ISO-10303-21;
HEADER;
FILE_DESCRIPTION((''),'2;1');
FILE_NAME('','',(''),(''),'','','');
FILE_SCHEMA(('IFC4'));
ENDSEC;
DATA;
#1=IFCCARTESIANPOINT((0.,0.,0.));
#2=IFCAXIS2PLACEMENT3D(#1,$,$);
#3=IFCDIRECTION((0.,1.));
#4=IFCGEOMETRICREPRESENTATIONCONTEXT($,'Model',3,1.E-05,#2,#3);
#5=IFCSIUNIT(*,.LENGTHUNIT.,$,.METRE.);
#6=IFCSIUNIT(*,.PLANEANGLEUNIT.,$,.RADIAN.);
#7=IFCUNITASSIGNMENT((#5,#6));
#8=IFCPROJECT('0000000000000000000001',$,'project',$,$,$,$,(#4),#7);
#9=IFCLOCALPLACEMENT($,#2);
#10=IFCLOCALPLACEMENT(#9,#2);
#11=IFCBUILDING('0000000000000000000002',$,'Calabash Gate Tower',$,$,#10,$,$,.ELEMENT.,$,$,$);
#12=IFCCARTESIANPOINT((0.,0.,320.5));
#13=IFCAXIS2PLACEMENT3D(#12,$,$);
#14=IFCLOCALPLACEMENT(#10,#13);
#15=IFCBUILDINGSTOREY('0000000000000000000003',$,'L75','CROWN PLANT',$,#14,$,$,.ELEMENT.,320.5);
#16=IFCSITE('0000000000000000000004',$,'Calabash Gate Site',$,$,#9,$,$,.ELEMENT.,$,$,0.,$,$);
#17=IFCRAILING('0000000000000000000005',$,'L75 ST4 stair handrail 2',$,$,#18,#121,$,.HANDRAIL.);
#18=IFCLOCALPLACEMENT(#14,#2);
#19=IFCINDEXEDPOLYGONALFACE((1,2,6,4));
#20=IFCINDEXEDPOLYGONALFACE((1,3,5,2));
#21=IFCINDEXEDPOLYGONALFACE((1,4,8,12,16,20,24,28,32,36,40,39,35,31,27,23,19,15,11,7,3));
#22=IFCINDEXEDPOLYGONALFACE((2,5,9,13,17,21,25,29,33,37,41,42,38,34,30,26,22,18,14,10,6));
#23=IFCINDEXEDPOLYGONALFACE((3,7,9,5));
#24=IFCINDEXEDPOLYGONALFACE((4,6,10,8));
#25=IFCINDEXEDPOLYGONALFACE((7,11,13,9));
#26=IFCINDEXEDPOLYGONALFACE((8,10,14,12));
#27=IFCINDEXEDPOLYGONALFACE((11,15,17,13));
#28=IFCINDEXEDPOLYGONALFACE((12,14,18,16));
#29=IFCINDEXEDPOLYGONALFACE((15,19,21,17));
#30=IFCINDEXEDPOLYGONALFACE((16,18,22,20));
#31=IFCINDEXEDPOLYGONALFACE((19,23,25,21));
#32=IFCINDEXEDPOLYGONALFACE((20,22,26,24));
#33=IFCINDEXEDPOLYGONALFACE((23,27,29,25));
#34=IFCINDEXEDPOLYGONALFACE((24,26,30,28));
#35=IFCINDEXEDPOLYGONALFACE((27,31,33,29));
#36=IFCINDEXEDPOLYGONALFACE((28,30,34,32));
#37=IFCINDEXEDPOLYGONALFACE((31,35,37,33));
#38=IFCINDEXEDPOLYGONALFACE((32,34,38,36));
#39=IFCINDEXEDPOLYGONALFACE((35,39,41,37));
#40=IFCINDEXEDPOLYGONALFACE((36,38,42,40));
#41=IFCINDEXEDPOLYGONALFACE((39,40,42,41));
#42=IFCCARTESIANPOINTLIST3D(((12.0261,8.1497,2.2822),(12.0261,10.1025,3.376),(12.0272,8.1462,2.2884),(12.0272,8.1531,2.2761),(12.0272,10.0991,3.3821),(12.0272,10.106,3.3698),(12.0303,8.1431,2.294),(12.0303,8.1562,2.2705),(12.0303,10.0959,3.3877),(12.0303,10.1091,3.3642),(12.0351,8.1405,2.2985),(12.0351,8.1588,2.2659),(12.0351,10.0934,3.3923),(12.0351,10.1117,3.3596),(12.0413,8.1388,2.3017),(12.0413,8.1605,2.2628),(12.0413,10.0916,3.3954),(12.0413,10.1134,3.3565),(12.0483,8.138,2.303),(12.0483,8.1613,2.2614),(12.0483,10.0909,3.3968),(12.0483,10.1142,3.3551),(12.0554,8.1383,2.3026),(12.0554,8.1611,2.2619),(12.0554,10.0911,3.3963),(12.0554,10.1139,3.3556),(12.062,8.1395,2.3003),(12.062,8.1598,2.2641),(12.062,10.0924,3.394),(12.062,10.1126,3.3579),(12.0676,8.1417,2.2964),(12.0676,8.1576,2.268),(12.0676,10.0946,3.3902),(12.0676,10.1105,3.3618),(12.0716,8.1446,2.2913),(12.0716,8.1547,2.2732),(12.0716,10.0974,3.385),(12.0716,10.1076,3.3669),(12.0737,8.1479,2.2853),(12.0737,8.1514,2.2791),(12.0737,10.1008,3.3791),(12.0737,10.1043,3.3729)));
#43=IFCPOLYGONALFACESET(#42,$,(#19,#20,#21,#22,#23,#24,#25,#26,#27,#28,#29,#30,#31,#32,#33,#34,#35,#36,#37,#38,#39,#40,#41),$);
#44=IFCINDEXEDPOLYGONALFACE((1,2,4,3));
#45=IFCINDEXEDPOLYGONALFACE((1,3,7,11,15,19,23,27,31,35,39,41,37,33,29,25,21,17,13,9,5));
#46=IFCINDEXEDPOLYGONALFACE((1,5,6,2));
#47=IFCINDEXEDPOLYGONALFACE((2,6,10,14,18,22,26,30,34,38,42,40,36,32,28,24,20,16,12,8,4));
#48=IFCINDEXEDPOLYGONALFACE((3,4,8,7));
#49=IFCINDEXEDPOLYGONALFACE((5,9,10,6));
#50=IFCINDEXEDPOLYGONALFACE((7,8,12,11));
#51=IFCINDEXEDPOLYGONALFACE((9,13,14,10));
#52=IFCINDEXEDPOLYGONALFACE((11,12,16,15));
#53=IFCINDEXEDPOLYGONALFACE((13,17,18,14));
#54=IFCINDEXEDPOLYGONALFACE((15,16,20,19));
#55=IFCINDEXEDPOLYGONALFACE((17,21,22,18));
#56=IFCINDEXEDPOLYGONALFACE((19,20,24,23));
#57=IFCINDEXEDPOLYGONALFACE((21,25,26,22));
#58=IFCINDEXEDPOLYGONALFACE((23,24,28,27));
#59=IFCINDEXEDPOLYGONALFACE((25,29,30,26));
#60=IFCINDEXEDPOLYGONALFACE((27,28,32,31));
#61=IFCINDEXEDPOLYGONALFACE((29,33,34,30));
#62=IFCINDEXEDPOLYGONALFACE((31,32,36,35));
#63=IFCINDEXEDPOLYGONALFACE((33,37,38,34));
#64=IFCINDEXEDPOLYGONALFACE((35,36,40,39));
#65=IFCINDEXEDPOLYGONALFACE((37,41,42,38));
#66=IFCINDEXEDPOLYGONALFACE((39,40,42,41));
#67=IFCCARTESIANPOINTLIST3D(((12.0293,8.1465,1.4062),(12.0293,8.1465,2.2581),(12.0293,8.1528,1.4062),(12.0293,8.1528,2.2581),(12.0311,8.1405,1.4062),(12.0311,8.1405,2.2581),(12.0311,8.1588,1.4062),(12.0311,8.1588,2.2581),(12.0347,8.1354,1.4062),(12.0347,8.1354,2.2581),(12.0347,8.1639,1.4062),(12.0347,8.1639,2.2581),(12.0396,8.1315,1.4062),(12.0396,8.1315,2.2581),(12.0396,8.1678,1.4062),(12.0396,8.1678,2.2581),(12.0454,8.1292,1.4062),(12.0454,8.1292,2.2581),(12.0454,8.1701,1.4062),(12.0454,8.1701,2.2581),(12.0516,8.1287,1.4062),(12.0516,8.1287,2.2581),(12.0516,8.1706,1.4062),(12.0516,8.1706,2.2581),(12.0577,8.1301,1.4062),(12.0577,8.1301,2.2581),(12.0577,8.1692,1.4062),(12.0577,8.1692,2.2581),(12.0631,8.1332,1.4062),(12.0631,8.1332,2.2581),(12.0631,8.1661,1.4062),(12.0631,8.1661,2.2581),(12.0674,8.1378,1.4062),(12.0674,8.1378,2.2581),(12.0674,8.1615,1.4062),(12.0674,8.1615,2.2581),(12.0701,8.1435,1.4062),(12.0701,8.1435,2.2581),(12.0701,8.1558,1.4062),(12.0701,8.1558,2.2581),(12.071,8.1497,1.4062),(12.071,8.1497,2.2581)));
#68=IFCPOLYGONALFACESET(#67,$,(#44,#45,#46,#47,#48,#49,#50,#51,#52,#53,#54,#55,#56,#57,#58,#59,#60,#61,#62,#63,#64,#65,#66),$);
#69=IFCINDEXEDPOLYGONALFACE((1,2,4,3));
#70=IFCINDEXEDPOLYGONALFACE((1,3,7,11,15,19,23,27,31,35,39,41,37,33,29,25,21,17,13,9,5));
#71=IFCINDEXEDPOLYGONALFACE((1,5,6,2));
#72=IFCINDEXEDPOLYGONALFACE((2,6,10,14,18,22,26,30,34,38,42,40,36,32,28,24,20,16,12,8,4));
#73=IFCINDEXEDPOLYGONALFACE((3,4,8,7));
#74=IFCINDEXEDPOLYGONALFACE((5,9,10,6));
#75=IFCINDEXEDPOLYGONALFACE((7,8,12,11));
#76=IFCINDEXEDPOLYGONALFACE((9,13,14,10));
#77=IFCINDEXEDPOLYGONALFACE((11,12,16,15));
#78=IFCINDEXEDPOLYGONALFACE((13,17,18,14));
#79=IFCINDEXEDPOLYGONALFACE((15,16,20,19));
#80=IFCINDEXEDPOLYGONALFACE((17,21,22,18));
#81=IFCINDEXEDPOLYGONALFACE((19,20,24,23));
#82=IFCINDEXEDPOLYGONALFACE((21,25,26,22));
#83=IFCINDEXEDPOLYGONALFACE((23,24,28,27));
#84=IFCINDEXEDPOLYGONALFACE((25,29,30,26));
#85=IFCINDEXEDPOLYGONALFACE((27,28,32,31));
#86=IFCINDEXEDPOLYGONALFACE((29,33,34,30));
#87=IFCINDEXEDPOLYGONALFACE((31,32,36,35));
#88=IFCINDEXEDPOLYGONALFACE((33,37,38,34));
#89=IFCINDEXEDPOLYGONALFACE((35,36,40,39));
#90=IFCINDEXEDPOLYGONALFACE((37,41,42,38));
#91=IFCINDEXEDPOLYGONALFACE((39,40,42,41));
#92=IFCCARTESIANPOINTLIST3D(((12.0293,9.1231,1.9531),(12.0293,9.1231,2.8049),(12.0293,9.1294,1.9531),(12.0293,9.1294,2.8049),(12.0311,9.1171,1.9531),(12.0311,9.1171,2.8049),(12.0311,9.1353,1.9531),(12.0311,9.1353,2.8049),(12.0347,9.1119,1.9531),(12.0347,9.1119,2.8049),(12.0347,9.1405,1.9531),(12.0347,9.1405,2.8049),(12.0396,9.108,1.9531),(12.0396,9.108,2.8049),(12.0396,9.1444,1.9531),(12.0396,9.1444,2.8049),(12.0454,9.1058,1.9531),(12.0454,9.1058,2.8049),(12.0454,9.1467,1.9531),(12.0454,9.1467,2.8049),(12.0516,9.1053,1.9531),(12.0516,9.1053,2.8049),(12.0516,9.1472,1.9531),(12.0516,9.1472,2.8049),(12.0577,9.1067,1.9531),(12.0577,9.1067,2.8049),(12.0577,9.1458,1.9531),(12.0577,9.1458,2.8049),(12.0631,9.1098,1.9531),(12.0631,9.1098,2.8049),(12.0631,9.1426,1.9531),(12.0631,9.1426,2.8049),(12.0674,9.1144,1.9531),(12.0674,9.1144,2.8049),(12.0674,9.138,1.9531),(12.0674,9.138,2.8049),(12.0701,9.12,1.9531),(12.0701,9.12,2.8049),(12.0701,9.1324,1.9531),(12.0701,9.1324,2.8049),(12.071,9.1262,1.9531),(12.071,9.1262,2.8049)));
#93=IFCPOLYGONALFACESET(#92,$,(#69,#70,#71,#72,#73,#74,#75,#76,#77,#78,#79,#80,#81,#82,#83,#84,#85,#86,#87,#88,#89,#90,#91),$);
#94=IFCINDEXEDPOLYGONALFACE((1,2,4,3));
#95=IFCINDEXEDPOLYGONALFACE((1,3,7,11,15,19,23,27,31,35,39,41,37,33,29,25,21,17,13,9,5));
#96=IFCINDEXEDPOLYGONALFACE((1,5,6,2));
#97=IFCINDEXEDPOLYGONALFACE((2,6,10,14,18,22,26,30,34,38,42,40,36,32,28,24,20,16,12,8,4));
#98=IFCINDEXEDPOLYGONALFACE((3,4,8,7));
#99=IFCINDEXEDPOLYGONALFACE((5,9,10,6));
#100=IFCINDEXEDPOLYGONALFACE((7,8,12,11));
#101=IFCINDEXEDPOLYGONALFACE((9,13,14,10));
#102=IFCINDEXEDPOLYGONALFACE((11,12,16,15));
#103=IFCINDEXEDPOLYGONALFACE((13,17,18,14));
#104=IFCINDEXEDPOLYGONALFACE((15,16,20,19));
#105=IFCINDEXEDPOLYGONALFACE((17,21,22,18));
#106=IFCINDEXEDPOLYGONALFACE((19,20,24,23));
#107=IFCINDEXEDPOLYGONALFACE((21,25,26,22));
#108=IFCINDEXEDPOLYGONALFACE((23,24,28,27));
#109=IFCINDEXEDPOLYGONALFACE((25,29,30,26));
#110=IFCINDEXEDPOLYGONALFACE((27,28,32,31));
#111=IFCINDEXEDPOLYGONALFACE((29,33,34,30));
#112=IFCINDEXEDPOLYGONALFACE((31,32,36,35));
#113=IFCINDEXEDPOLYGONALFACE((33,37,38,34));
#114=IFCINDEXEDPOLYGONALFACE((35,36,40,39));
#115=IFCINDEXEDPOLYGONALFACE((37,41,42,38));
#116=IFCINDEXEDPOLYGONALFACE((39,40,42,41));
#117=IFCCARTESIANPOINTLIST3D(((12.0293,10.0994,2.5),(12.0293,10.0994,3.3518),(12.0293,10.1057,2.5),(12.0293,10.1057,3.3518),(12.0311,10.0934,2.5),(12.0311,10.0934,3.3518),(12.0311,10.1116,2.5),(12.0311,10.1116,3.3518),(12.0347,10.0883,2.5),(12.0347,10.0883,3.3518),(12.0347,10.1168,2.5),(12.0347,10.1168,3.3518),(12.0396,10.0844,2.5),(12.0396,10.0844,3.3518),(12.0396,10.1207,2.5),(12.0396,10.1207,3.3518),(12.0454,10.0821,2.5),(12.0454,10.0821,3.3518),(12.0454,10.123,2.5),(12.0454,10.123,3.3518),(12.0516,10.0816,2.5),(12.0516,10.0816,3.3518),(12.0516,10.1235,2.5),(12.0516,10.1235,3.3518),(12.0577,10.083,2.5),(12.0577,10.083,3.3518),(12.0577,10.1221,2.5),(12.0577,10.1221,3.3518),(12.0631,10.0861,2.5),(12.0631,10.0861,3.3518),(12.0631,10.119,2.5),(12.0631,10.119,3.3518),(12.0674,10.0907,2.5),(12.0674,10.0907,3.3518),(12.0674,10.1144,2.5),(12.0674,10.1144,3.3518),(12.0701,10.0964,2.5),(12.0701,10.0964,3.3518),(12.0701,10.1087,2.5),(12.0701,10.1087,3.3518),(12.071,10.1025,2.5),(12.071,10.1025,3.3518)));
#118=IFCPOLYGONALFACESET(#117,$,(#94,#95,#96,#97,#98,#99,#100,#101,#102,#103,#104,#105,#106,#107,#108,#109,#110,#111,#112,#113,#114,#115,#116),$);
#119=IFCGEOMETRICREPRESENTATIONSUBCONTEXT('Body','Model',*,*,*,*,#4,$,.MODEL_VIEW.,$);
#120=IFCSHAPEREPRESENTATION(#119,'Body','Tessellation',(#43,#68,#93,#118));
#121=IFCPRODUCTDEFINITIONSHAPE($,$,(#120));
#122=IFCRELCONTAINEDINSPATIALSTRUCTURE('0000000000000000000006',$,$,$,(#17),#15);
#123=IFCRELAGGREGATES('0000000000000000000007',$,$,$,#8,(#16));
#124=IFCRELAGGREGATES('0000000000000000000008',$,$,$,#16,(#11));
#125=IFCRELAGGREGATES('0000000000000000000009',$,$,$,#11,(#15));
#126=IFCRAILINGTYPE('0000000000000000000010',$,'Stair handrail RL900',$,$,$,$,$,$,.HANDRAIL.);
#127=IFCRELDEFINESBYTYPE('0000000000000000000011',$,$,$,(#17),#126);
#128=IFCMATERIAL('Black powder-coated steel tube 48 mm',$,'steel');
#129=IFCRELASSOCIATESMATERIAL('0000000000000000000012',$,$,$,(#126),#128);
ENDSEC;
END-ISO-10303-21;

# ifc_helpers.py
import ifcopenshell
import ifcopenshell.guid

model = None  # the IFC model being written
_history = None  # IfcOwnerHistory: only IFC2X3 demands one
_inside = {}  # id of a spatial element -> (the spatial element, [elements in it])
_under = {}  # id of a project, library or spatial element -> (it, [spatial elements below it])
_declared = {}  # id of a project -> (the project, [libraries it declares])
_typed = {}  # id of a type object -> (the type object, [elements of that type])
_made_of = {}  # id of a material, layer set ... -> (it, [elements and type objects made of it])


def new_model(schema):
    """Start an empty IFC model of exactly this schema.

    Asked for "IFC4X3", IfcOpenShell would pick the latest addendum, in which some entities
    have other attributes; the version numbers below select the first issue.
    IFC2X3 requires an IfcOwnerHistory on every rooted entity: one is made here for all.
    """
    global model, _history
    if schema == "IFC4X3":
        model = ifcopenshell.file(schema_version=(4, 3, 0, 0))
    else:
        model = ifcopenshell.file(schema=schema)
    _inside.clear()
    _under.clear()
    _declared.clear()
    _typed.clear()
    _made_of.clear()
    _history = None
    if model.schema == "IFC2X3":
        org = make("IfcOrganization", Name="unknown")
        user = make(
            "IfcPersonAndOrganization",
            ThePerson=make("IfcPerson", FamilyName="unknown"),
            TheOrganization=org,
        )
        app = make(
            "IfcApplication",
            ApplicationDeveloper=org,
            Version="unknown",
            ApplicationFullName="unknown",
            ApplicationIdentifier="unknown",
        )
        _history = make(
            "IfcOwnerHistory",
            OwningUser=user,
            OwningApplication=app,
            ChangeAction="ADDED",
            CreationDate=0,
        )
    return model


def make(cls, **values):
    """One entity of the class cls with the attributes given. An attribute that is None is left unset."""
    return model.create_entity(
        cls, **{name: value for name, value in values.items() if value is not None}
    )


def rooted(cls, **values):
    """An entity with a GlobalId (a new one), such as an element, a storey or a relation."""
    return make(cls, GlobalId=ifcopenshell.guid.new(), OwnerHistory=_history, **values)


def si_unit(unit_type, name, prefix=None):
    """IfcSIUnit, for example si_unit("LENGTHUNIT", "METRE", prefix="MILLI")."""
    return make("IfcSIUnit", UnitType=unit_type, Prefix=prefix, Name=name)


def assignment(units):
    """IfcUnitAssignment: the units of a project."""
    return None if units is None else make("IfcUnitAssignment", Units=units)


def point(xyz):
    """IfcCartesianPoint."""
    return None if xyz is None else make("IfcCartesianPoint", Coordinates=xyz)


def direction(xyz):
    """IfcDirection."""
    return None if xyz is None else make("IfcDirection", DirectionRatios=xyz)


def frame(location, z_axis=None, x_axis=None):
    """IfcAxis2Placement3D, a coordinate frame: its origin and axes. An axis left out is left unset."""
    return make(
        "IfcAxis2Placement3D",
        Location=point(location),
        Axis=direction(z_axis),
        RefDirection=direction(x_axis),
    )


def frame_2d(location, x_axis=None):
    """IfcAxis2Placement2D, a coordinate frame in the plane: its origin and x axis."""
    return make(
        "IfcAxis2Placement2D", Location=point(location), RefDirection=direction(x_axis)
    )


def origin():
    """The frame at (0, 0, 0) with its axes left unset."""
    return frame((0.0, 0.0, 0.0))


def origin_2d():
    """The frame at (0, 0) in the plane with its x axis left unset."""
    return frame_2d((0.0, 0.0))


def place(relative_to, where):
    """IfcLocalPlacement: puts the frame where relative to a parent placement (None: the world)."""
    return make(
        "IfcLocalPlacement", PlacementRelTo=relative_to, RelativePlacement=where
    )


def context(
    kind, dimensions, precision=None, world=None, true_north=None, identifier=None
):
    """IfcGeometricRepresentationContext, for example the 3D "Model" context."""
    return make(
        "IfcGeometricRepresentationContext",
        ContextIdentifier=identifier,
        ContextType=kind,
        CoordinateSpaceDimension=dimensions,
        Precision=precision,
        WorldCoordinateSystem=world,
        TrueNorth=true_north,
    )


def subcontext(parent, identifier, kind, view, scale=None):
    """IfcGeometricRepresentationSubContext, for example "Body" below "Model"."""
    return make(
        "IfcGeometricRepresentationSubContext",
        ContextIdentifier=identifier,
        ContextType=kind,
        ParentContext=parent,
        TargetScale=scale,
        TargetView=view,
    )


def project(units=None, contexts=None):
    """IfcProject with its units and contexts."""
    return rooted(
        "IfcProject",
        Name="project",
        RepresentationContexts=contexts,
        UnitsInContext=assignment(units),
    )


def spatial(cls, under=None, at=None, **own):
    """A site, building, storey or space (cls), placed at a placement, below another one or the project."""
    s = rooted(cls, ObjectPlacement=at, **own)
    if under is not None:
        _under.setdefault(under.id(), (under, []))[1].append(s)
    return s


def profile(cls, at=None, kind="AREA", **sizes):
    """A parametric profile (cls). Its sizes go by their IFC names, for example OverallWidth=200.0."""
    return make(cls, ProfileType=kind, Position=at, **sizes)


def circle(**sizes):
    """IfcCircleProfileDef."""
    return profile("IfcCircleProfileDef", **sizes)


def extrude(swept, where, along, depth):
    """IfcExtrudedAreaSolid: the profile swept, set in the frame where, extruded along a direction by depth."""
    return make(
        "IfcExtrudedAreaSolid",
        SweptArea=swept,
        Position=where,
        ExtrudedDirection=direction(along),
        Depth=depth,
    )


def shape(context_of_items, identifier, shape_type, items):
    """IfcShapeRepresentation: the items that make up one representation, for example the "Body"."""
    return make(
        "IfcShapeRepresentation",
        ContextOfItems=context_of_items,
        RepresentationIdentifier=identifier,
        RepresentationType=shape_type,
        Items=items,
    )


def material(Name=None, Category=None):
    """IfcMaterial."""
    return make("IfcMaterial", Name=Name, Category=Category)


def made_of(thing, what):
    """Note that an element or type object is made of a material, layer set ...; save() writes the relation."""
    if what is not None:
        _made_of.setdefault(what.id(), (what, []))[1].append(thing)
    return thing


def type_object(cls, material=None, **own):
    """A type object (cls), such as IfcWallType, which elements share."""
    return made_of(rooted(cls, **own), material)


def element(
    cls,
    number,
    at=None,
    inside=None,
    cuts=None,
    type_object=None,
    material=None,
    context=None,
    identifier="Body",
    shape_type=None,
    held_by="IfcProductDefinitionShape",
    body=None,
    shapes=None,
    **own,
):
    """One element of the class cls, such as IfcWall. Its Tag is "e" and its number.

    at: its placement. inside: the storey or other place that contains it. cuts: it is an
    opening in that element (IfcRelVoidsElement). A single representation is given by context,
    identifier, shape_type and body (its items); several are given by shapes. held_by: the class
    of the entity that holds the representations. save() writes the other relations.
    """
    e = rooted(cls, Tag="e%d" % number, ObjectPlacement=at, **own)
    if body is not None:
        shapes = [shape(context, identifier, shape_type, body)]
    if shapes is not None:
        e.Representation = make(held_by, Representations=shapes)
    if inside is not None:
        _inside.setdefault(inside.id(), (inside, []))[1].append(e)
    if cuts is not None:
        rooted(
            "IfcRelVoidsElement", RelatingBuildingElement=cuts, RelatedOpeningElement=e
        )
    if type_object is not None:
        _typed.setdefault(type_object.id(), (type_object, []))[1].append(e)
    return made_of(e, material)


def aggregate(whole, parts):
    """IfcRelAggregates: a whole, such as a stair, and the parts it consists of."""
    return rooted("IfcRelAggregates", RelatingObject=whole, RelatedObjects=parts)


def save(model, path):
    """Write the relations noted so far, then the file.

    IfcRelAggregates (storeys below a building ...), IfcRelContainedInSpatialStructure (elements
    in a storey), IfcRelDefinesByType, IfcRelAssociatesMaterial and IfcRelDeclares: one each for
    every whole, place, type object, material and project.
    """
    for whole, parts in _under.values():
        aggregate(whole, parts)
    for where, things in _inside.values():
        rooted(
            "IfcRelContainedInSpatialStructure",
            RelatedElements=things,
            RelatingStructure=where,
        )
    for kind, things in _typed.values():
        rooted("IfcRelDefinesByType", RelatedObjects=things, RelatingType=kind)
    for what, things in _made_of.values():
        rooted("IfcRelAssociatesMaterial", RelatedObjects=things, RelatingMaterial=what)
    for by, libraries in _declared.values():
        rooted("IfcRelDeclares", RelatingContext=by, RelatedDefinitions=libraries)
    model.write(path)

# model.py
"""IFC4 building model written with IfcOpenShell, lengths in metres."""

from ifc_helpers import new_model, si_unit, direction, frame, origin, origin_2d, place, context, subcontext, project, spatial, circle, extrude, material, type_object, element, save


model = new_model("IFC4")

# Units and contexts
model_context = context("Model", 3, precision=1e-05, world=origin(), true_north=direction((0.0, 1.0)))
body_context = subcontext(model_context, "Body", "Model", "MODEL_VIEW")
ifc_project = project(units=[si_unit("LENGTHUNIT", "METRE"), si_unit("PLANEANGLEUNIT", "RADIAN")], contexts=[model_context])

# Site, building, storey
site_placement = place(None, origin())
site = spatial("IfcSite", under=ifc_project, at=site_placement, Name="Calabash Gate Site", CompositionType="ELEMENT", RefElevation=0.0)
building_placement = place(site_placement, origin())
building = spatial("IfcBuilding", under=site, at=building_placement, Name="Calabash Gate Tower", CompositionType="ELEMENT")
storey_placement = place(building_placement, frame((0.0, 0.0, 320.5)))
storey = spatial("IfcBuildingStorey", under=building, at=storey_placement, Name="L75", Description="CROWN PLANT", CompositionType="ELEMENT", Elevation=320.5)

# Railing
ifc_material_1 = material(Name="Black powder-coated steel tube 48 mm", Category="steel")
railing_type_1 = type_object("IfcRailingType", Name="Stair handrail RL900", PredefinedType="HANDRAIL", material=ifc_material_1)
railing_1_placement = place(storey_placement, frame((12.05, 8.1497, 1.4062)))
element("IfcRailing", 1, at=railing_1_placement, inside=storey, type_object=railing_type_1, Name="L75 ST4 stair handrail 2", PredefinedType="HANDRAIL", context=body_context, shape_type="SweptSolid", body=[
    extrude(circle(Radius=0.0239, at=origin_2d()), frame((0.0, 0.0, 0.876), z_axis=(0.0, 0.87248, 0.48865), x_axis=(-1.0, 0.0, 0.0)), (0.0, 0.0, 1.0), 2.2383),
    extrude(circle(Radius=0.021, at=origin_2d()), origin(), (0.0, 0.0, 1.0), 0.8518),
    extrude(circle(Radius=0.021, at=origin_2d()), frame((0.0, 0.9766, 0.5469)), (0.0, 0.0, 1.0), 0.8518),
    extrude(circle(Radius=0.021, at=origin_2d()), frame((0.0, 1.9529, 1.0938)), (0.0, 0.0, 1.0), 0.8518),
])

save(model, "model.ifc")
